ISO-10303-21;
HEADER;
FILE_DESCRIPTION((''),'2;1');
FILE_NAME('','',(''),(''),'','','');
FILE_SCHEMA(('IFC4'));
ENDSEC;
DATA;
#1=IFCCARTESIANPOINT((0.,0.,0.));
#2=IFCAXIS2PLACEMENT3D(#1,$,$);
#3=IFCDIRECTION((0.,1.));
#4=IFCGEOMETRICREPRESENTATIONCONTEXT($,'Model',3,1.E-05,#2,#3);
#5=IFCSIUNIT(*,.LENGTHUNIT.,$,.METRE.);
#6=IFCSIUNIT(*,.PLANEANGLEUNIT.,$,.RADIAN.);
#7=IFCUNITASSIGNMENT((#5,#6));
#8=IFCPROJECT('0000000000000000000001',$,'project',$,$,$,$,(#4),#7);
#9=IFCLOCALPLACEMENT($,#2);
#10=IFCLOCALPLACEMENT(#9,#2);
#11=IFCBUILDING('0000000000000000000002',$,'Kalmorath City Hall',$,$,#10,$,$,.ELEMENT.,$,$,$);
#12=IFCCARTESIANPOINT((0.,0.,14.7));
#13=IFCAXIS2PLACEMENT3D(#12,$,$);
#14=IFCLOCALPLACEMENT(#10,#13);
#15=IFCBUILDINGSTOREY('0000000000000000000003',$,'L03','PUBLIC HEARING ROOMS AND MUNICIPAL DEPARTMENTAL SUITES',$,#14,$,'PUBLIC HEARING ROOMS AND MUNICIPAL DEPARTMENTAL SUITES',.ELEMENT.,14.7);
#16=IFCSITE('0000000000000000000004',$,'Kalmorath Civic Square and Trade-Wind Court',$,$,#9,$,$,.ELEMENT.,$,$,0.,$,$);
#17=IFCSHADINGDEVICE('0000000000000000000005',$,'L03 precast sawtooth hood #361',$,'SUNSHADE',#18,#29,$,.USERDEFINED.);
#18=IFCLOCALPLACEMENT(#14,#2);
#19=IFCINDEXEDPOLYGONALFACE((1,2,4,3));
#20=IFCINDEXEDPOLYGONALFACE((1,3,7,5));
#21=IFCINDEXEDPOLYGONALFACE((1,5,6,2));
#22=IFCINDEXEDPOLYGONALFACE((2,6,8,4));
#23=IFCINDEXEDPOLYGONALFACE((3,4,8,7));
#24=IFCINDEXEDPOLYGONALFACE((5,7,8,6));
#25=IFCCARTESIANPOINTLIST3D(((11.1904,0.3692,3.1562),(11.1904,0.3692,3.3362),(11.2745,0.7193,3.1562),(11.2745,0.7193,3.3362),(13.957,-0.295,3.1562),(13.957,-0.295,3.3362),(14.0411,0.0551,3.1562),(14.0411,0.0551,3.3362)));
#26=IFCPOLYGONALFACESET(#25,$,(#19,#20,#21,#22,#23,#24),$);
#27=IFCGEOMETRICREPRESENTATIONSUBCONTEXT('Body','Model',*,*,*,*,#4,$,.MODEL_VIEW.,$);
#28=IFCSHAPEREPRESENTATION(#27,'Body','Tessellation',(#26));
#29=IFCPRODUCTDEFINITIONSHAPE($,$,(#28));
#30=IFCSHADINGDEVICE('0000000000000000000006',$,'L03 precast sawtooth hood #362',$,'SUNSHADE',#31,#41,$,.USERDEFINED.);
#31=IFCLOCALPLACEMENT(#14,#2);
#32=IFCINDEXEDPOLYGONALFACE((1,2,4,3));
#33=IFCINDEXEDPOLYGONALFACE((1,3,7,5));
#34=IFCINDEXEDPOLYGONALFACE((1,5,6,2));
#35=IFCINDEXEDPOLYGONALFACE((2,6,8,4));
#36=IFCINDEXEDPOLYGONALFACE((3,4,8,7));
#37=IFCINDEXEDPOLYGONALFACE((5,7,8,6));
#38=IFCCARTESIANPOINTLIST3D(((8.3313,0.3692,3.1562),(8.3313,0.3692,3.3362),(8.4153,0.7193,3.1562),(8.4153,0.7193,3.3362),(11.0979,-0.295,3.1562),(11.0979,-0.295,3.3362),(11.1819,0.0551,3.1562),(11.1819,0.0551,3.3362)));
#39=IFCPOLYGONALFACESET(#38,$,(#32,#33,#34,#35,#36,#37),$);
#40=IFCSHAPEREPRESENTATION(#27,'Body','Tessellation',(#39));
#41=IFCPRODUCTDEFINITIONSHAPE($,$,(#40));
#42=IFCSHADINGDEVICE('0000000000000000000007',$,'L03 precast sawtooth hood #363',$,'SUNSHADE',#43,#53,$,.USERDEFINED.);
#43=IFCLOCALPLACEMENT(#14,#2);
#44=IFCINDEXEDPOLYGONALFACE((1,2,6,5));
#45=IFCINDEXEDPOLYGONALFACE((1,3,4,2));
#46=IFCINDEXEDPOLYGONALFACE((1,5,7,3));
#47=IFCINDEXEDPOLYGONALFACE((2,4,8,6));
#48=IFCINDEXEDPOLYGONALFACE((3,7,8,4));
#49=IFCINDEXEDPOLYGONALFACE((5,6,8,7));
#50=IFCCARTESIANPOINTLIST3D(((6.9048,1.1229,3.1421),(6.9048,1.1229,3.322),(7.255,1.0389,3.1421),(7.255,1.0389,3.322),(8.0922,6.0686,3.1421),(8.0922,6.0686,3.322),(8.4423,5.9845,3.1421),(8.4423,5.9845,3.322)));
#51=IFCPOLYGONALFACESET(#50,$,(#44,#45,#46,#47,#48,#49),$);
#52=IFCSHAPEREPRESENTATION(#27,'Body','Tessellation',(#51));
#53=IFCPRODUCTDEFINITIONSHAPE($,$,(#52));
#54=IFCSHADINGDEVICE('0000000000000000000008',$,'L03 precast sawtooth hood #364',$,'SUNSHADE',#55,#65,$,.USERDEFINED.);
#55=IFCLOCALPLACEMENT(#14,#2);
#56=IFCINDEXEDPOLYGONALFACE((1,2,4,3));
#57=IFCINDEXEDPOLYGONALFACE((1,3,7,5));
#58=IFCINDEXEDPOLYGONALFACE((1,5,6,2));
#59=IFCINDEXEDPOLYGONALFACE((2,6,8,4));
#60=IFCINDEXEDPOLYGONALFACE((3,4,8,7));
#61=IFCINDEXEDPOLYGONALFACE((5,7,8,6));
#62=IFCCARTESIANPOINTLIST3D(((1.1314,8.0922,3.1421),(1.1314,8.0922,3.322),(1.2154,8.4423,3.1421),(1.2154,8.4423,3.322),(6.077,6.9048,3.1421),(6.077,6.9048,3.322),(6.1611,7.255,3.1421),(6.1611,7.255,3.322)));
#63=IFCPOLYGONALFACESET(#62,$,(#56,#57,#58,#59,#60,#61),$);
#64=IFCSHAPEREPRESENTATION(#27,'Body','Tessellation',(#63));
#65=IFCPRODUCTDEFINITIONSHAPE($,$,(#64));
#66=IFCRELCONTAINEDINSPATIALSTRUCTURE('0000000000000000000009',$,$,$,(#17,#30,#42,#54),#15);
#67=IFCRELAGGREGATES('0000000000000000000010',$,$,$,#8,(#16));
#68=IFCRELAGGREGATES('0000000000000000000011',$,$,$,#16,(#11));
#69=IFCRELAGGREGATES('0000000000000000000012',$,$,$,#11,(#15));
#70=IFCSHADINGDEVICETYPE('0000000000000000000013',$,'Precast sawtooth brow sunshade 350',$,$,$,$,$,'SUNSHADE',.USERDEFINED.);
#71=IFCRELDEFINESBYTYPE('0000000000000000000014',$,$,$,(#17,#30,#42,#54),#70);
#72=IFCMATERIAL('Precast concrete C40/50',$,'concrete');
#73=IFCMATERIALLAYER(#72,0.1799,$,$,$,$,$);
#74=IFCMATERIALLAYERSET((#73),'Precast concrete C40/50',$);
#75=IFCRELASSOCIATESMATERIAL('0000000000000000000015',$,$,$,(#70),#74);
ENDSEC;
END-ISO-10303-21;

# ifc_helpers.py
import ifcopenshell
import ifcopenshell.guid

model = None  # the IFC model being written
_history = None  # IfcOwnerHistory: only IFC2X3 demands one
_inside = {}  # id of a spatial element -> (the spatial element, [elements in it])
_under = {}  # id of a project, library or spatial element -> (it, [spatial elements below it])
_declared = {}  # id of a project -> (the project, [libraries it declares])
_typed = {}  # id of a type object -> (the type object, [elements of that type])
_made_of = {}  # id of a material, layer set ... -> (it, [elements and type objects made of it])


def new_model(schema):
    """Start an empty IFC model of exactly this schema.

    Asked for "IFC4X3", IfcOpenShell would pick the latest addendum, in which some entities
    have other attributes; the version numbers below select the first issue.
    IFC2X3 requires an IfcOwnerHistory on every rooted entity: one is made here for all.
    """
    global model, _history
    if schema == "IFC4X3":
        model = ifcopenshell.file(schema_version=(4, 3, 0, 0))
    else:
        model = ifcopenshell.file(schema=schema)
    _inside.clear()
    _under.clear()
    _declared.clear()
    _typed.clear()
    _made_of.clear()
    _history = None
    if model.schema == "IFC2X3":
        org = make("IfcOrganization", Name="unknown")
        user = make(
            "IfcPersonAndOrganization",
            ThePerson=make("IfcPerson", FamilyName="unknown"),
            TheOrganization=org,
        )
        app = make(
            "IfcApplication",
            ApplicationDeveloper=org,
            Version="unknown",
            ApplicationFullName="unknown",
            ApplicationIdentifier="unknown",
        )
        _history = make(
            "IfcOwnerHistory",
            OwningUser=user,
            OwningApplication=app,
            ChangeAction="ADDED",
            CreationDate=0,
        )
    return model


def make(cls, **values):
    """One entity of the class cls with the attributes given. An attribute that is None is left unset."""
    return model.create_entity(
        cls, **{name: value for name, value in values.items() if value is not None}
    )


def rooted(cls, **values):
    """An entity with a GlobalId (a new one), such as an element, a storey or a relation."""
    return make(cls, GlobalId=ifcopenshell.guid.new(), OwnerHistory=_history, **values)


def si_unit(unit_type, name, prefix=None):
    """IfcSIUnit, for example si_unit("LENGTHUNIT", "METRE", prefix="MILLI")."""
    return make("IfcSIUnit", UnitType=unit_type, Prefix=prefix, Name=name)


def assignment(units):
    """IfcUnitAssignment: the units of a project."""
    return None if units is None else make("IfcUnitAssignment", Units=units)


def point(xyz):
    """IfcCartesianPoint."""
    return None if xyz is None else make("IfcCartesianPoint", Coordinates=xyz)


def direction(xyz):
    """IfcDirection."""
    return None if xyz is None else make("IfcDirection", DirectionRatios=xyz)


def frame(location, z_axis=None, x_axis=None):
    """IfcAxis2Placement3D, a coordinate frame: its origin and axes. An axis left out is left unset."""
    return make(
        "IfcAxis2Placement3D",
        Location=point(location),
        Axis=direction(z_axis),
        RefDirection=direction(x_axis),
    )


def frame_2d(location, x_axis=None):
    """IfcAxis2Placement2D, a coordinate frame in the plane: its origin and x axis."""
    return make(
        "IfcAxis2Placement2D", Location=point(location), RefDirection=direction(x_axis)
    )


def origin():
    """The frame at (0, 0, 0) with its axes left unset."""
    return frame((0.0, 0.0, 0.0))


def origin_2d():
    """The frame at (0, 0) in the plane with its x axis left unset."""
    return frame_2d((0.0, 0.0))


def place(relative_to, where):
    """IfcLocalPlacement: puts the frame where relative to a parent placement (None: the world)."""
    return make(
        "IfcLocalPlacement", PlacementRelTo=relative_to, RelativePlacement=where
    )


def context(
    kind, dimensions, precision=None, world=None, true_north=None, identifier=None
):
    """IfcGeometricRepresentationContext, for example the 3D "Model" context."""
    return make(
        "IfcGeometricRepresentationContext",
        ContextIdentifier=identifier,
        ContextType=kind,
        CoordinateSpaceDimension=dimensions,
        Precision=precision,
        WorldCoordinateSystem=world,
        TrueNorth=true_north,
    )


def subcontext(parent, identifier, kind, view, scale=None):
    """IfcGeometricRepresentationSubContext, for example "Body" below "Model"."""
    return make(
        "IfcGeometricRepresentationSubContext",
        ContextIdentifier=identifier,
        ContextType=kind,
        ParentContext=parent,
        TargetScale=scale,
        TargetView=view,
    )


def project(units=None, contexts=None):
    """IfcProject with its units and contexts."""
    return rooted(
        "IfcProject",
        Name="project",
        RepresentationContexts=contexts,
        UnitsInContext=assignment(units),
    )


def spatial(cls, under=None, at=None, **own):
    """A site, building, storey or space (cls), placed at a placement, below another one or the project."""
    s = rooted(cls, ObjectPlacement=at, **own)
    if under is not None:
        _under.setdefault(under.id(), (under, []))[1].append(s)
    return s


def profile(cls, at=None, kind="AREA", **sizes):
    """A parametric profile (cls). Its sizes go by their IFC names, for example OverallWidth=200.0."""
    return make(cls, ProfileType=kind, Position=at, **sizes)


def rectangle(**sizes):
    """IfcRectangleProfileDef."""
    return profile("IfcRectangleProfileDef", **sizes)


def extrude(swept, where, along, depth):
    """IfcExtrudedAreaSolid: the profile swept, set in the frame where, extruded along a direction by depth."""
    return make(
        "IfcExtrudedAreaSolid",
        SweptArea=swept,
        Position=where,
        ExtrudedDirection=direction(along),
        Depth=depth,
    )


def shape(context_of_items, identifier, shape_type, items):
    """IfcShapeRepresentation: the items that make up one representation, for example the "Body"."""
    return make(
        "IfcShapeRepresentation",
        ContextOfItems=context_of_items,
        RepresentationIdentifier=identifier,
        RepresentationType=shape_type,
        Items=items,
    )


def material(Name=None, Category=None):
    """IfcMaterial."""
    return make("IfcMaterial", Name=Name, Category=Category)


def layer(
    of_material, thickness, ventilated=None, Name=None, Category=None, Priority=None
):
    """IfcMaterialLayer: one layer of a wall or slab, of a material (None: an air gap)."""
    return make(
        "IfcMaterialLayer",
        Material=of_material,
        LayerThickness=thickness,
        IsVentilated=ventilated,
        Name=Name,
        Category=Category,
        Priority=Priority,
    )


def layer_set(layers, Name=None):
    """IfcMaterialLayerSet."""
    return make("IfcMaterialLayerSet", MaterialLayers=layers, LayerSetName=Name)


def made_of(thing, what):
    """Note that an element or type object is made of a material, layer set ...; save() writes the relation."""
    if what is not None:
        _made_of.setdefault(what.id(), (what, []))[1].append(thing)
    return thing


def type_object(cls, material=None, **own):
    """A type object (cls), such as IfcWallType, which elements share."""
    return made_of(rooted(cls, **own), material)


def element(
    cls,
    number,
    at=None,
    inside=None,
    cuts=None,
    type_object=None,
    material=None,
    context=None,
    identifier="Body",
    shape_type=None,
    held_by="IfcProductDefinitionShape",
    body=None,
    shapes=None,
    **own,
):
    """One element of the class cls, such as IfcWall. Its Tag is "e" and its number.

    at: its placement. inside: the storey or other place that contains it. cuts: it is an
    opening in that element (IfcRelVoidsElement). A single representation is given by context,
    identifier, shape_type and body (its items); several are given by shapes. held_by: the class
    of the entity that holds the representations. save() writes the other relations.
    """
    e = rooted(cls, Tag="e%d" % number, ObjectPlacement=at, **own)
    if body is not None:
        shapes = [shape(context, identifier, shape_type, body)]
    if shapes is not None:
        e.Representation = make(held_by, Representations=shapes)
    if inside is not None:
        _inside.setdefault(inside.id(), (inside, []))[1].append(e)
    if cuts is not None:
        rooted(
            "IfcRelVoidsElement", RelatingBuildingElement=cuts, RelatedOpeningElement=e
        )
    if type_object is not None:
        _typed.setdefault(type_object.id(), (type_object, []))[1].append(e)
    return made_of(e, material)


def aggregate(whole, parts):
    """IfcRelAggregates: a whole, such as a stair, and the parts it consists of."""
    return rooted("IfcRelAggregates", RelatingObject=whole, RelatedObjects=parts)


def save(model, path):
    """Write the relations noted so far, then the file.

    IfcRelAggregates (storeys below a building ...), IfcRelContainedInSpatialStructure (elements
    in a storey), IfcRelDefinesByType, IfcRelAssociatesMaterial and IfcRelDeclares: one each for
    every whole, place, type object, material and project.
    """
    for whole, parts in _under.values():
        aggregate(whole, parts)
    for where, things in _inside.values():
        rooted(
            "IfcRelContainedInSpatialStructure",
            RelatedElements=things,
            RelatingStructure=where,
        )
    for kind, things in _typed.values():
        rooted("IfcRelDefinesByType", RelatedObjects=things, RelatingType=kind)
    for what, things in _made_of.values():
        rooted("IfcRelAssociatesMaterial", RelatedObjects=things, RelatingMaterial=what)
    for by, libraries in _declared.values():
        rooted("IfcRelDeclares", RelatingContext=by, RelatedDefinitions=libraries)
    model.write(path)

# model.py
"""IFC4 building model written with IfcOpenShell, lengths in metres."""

from ifc_helpers import new_model, si_unit, direction, frame, origin, origin_2d, place, context, subcontext, project, spatial, rectangle, extrude, material, layer, layer_set, type_object, element, save


model = new_model("IFC4")

# Units and contexts
model_context = context("Model", 3, precision=1e-05, world=origin(), true_north=direction((0.0, 1.0)))
body_context = subcontext(model_context, "Body", "Model", "MODEL_VIEW")
ifc_project = project(units=[si_unit("LENGTHUNIT", "METRE"), si_unit("PLANEANGLEUNIT", "RADIAN")], contexts=[model_context])

# Site, building, storey
site_placement = place(None, origin())
site = spatial("IfcSite", under=ifc_project, at=site_placement, Name="Kalmorath Civic Square and Trade-Wind Court", CompositionType="ELEMENT", RefElevation=0.0)
building_placement = place(site_placement, origin())
building = spatial("IfcBuilding", under=site, at=building_placement, Name="Kalmorath City Hall", CompositionType="ELEMENT")
storey_placement = place(building_placement, frame((0.0, 0.0, 14.7)))
storey = spatial("IfcBuildingStorey", under=building, at=storey_placement, Name="L03", Description="PUBLIC HEARING ROOMS AND MUNICIPAL DEPARTMENTAL SUITES", LongName="PUBLIC HEARING ROOMS AND MUNICIPAL DEPARTMENTAL SUITES", CompositionType="ELEMENT", Elevation=14.7)

# Shading devices
ifc_material_1 = material(Name="Precast concrete C40/50", Category="concrete")
ifc_layer_1 = layer(ifc_material_1, 0.1799)
ifc_layer_set_1 = layer_set([ifc_layer_1], Name="Precast concrete C40/50")
shading_device_type = type_object("IfcShadingDeviceType", Name="Precast sawtooth brow sunshade 350", ElementType="SUNSHADE", PredefinedType="USERDEFINED", material=ifc_layer_set_1)
for number, where, z_axis, x_axis, name in (
    (1, (12.6157, 0.2122, 3.1562), (0.0, 0.0, 1.0), (-0.97237, 0.233445, 0.0), "L03 precast sawtooth hood #361"),
    (2, (9.7566, 0.2122, 3.1562), (0.0, 0.0, 1.0), (-0.97237, 0.233445, 0.0), "L03 precast sawtooth hood #362"),
):
    element("IfcShadingDevice", number, at=place(storey_placement, frame(where, z_axis=z_axis, x_axis=x_axis)), inside=storey, type_object=shading_device_type, Name=name, ObjectType="SUNSHADE", PredefinedType="USERDEFINED", context=body_context, shape_type="SweptSolid", body=[
        extrude(rectangle(XDim=2.8452, YDim=0.3601, at=origin_2d()), origin(), (0.0, 0.0, 1.0), 0.1799),
    ])
for number, where, z_axis, x_axis, name in (
    (3, (7.6736, 3.5537, 3.1421), (0.0, 0.0, 1.0), (0.233445, 0.97237, 0.0), "L03 precast sawtooth hood #363"),
    (4, (3.6462, 7.6736, 3.1421), (0.0, 0.0, 1.0), (-0.97237, 0.233445, 0.0), "L03 precast sawtooth hood #364"),
):
    element("IfcShadingDevice", number, at=place(storey_placement, frame(where, z_axis=z_axis, x_axis=x_axis)), inside=storey, type_object=shading_device_type, Name=name, ObjectType="SUNSHADE", PredefinedType="USERDEFINED", context=body_context, shape_type="SweptSolid", body=[
        extrude(rectangle(XDim=5.0862, YDim=0.3601, at=origin_2d()), origin(), (0.0, 0.0, 1.0), 0.1799),
    ])

save(model, "model.ifc")
